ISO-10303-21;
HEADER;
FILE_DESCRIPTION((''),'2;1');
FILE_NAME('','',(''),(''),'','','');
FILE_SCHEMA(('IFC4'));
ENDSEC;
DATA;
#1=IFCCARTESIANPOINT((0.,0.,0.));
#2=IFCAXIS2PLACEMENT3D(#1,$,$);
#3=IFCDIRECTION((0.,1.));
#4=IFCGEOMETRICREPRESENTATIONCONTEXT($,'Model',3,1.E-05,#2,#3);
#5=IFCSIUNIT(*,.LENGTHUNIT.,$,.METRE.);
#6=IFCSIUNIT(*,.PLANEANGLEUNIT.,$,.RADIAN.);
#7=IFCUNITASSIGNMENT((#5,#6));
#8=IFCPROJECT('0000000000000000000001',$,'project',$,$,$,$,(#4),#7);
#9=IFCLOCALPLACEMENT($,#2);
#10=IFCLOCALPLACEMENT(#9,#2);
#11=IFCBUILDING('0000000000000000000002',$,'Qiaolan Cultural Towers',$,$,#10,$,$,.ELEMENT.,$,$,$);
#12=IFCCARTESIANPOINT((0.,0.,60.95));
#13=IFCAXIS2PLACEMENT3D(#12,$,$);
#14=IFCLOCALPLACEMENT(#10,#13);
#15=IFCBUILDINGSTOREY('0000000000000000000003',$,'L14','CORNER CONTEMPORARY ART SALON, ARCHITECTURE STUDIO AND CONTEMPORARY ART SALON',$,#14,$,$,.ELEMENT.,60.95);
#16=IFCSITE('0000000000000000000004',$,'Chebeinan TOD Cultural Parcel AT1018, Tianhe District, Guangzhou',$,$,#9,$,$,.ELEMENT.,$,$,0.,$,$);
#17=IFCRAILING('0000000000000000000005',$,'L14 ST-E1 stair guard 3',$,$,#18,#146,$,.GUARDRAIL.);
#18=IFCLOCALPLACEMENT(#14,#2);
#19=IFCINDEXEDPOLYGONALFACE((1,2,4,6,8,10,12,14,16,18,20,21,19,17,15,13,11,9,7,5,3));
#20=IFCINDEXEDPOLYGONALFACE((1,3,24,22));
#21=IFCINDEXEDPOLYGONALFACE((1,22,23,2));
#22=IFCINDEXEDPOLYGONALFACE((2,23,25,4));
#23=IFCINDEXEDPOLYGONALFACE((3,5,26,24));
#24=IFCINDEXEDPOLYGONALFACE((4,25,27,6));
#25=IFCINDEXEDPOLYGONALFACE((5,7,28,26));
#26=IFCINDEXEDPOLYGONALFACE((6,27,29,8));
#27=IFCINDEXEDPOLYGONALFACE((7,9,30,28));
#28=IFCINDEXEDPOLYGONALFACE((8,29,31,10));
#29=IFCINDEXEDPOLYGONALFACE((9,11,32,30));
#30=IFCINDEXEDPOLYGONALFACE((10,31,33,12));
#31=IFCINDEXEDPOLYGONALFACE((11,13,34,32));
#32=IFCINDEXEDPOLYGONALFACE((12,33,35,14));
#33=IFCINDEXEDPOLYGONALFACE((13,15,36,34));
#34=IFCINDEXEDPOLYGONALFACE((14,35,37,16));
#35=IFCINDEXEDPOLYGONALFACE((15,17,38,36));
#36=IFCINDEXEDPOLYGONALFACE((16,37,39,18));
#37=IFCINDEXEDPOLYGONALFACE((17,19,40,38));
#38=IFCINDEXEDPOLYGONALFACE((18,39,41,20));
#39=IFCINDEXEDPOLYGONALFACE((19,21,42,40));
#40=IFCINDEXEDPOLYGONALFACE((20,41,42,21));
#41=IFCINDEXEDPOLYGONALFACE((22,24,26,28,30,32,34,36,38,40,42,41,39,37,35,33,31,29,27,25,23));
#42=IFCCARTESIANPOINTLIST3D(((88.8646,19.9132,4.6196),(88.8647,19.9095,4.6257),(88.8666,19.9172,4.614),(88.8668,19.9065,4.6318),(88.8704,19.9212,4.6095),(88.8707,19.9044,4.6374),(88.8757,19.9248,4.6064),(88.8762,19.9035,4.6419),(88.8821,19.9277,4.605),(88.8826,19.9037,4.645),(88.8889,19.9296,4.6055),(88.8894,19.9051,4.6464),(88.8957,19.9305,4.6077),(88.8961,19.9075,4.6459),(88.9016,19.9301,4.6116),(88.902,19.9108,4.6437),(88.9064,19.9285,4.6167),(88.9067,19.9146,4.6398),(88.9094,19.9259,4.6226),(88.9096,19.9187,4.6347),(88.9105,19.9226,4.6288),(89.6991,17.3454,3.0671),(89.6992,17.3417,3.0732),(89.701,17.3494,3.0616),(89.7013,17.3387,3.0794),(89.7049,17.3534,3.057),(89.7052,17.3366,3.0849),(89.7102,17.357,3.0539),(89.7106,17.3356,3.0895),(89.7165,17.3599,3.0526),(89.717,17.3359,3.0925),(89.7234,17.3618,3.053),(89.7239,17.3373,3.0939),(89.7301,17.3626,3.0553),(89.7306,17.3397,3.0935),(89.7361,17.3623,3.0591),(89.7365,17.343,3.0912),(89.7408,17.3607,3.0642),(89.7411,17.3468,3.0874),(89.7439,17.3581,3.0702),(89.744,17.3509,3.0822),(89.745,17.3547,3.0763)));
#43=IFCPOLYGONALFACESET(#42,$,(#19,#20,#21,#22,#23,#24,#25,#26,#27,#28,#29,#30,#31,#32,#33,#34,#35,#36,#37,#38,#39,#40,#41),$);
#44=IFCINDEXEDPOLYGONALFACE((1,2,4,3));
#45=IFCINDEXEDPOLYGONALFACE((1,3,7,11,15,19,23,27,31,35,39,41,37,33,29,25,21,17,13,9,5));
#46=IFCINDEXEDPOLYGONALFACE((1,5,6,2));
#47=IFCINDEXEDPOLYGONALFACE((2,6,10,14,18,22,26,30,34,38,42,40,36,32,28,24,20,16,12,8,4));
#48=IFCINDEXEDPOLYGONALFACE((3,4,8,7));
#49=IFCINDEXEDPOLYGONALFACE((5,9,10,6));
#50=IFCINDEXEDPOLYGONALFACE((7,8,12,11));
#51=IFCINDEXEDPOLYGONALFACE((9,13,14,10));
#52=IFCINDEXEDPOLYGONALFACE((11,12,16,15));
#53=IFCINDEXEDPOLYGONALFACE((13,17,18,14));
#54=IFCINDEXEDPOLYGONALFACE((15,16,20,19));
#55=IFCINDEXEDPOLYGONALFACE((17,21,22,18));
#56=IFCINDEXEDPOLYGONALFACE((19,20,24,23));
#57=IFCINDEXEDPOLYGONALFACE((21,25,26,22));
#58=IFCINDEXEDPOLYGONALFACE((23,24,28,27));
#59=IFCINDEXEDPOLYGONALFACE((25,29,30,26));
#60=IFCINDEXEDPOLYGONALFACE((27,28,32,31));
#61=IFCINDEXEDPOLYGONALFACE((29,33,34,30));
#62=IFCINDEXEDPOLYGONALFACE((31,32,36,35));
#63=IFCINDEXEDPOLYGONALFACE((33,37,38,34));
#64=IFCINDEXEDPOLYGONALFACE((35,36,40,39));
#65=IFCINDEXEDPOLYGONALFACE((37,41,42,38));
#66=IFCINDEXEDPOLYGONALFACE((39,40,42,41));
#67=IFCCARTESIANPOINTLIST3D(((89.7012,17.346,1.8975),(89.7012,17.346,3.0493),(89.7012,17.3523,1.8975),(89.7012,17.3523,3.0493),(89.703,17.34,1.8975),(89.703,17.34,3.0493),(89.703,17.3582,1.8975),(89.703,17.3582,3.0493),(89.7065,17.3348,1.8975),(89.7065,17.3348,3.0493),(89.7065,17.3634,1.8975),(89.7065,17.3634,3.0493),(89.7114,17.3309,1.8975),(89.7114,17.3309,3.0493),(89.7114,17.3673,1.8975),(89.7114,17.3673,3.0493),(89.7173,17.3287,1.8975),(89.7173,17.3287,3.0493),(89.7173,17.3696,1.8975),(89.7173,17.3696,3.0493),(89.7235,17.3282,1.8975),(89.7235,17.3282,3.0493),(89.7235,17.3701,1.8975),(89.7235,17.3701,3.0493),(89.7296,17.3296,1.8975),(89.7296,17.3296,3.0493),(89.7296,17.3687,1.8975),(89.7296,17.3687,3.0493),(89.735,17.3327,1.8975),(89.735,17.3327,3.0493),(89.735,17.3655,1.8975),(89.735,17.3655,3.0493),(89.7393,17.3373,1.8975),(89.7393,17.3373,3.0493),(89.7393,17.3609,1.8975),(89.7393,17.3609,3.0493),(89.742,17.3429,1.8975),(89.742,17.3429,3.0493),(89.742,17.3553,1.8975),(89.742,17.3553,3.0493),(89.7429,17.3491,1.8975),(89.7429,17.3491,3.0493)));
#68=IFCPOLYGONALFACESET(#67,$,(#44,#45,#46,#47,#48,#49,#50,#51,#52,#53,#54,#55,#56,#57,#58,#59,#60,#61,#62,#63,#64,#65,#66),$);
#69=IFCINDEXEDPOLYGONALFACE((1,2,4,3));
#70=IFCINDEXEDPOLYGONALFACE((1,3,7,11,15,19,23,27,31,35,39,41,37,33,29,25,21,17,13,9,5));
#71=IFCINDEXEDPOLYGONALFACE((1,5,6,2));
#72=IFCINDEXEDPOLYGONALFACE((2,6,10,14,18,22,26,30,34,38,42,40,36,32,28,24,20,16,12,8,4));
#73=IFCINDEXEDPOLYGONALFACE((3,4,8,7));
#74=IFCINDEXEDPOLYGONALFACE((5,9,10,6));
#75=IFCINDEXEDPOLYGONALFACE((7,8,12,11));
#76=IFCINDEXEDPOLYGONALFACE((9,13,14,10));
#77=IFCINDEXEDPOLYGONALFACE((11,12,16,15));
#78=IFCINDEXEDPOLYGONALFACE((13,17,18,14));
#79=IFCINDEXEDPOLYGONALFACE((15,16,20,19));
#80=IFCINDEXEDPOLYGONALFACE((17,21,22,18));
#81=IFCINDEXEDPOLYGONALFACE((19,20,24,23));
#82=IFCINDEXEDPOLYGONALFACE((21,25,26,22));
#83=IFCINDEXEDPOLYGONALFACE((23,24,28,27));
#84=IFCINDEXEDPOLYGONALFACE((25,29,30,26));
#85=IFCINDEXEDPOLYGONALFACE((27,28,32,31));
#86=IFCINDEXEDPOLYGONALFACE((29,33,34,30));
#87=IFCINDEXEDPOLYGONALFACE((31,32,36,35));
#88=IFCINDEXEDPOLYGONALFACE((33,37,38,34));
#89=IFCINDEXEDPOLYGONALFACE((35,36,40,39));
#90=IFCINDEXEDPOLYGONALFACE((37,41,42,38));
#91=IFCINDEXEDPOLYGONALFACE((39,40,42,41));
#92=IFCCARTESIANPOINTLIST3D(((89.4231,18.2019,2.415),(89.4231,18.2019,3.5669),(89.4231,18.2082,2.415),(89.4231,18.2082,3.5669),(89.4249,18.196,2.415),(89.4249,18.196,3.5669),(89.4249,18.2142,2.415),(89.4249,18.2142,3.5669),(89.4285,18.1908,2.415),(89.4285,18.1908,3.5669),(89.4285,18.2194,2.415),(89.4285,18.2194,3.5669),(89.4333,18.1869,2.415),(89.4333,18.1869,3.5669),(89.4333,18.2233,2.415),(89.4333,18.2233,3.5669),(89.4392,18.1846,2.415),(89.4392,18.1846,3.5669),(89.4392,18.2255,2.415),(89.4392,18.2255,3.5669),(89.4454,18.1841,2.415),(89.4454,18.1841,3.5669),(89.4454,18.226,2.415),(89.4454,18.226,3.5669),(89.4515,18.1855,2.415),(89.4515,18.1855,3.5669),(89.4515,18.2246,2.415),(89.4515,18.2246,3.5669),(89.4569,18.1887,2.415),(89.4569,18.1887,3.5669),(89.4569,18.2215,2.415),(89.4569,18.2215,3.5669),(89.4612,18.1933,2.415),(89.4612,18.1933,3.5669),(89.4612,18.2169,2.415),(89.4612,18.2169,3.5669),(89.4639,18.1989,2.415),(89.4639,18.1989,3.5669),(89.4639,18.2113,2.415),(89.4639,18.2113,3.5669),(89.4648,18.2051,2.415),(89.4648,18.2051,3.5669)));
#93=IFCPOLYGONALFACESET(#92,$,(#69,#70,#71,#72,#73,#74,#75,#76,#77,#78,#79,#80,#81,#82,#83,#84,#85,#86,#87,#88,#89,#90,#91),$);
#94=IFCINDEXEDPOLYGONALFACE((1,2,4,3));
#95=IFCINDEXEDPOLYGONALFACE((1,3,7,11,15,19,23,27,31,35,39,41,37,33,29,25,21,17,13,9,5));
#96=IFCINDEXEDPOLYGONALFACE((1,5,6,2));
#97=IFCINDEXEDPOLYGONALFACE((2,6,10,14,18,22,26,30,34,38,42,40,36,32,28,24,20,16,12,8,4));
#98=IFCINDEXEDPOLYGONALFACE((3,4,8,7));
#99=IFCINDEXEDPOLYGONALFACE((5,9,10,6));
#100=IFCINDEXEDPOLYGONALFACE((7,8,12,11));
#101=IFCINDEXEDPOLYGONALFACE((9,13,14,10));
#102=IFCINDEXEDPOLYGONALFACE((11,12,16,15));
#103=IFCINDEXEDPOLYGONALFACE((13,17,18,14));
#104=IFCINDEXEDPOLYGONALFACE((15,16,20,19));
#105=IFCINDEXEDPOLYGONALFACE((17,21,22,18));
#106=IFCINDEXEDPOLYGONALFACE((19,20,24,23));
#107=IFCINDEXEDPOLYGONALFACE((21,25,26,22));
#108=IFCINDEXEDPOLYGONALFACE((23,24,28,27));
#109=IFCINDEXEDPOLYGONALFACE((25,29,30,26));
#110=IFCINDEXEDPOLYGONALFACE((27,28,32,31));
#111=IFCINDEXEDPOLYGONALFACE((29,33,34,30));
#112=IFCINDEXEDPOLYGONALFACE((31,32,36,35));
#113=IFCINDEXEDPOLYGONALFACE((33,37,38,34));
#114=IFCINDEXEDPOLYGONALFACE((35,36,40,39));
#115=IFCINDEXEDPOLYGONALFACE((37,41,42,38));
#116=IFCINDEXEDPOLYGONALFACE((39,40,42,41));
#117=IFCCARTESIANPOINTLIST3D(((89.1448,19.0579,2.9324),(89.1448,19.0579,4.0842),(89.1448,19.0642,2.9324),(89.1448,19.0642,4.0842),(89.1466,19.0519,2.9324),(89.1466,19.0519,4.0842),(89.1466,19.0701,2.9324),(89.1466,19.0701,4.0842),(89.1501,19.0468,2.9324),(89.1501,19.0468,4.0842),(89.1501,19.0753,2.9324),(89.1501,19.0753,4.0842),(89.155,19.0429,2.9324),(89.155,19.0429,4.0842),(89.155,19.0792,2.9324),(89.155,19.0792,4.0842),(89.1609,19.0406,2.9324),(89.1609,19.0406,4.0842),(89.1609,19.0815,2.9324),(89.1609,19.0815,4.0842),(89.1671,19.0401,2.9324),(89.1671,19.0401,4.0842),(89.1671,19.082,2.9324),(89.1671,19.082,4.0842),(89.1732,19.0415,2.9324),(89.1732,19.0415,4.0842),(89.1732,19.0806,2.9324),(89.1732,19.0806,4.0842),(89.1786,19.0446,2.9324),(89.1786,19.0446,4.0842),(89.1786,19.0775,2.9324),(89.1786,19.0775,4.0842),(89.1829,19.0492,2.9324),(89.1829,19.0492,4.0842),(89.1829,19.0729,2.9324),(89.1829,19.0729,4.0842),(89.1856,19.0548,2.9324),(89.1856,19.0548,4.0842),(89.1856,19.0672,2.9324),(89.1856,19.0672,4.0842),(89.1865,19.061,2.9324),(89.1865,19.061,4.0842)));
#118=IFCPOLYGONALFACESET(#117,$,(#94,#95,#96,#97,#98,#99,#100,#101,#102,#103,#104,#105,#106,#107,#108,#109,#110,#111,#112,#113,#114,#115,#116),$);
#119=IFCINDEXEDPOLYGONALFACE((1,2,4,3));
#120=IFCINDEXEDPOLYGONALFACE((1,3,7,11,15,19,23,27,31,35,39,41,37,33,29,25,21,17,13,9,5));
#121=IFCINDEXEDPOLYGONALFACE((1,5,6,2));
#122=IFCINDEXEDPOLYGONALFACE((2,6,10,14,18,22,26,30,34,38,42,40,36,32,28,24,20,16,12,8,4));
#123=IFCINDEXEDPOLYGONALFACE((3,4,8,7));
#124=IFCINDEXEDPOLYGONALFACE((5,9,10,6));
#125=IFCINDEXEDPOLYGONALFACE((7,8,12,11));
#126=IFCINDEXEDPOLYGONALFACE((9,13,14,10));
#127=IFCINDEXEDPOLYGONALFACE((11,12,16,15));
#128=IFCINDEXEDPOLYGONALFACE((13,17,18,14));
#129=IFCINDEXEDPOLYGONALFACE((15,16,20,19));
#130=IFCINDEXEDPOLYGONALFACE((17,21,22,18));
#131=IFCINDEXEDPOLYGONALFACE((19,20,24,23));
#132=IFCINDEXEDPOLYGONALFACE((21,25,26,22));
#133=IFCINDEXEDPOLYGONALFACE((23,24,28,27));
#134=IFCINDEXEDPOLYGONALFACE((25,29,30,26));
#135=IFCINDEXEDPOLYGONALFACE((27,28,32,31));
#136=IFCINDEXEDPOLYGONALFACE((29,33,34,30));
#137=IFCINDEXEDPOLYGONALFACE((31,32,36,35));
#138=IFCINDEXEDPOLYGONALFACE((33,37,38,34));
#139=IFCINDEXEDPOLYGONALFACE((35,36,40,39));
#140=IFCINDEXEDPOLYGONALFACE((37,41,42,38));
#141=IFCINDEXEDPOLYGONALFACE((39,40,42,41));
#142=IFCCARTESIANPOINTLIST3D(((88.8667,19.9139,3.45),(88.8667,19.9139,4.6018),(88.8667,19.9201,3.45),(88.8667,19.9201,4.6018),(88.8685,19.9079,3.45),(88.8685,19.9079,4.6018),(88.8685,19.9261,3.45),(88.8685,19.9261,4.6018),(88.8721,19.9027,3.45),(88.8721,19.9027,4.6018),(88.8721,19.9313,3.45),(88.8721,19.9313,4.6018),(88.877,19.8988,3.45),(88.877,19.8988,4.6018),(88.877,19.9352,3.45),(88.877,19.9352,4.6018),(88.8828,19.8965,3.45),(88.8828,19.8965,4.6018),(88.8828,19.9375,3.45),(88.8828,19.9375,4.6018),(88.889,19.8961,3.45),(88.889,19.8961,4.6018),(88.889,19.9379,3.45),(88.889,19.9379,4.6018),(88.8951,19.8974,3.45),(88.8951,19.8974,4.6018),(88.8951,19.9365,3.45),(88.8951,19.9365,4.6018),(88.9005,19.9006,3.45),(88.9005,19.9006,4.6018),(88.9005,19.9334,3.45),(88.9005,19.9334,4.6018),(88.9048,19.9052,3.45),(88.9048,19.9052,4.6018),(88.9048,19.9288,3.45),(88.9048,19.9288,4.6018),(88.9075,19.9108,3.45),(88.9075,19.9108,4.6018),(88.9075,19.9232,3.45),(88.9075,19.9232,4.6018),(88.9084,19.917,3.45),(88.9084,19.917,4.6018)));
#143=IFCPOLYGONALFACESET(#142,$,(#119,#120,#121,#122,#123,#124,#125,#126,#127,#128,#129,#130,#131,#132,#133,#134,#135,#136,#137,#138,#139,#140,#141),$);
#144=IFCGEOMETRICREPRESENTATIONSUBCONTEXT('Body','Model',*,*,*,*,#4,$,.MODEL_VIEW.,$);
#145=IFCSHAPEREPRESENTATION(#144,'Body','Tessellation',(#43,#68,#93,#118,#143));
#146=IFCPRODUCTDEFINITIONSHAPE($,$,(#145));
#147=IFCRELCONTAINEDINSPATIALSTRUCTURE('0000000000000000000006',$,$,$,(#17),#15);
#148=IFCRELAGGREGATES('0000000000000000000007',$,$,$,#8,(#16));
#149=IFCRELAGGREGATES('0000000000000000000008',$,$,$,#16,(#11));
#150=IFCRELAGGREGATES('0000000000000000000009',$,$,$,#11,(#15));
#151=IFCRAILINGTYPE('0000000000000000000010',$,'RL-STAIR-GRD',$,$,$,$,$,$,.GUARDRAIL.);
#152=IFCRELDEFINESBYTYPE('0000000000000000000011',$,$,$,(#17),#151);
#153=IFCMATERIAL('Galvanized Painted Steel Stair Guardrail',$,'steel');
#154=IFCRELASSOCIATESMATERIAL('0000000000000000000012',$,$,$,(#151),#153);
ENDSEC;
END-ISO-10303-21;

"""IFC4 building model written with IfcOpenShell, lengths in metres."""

from ifc_helpers import new_model, si_unit, direction, frame, origin, origin_2d, place, context, subcontext, project, spatial, circle, extrude, material, type_object, element, save


model = new_model("IFC4")

# Units and contexts
model_context = context("Model", 3, precision=1e-05, world=origin(), true_north=direction((0.0, 1.0)))
body_context = subcontext(model_context, "Body", "Model", "MODEL_VIEW")
ifc_project = project(units=[si_unit("LENGTHUNIT", "METRE"), si_unit("PLANEANGLEUNIT", "RADIAN")], contexts=[model_context])

# Site, building, storey
site_placement = place(None, origin())
site = spatial("IfcSite", under=ifc_project, at=site_placement, Name="Chebeinan TOD Cultural Parcel AT1018, Tianhe District, Guangzhou", CompositionType="ELEMENT", RefElevation=0.0)
building_placement = place(site_placement, origin())
building = spatial("IfcBuilding", under=site, at=building_placement, Name="Qiaolan Cultural Towers", CompositionType="ELEMENT")
storey_placement = place(building_placement, frame((0.0, 0.0, 60.95)))
storey = spatial("IfcBuildingStorey", under=building, at=storey_placement, Name="L14", Description="CORNER CONTEMPORARY ART SALON, ARCHITECTURE STUDIO AND CONTEMPORARY ART SALON", CompositionType="ELEMENT", Elevation=60.95)

# Railing
ifc_material_1 = material(Name="Galvanized Painted Steel Stair Guardrail", Category="steel")
railing_type_1 = type_object("IfcRailingType", Name="RL-STAIR-GRD", PredefinedType="GUARDRAIL", material=ifc_material_1)
railing_1_placement = place(storey_placement, frame((89.7219, 17.3491, 1.8975)))
element("IfcRailing", 1, at=railing_1_placement, inside=storey, type_object=railing_type_1, Name="L14 ST-E1 stair guard 3", PredefinedType="GUARDRAIL", context=body_context, shape_type="SweptSolid", body=[
    extrude(circle(Radius=0.0239, at=origin_2d()), frame((0.0, 0.0, 1.1758), z_axis=(-0.267926, 0.824471, 0.498461), x_axis=(-0.951043, -0.309057, 0.0)), (0.0, 0.0, 1.0), 3.1145),
    extrude(circle(Radius=0.021, at=origin_2d()), origin(), (0.0, 0.0, 1.0), 1.1519),
    extrude(circle(Radius=0.021, at=origin_2d()), frame((-0.2781, 0.856, 0.5176)), (0.0, 0.0, 1.0), 1.1519),
    extrude(circle(Radius=0.021, at=origin_2d()), frame((-0.5564, 1.7119, 1.0349)), (0.0, 0.0, 1.0), 1.1519),
    extrude(circle(Radius=0.021, at=origin_2d()), frame((-0.8345, 2.5679, 1.5525)), (0.0, 0.0, 1.0), 1.1519),
])

save(model, "model.ifc")
